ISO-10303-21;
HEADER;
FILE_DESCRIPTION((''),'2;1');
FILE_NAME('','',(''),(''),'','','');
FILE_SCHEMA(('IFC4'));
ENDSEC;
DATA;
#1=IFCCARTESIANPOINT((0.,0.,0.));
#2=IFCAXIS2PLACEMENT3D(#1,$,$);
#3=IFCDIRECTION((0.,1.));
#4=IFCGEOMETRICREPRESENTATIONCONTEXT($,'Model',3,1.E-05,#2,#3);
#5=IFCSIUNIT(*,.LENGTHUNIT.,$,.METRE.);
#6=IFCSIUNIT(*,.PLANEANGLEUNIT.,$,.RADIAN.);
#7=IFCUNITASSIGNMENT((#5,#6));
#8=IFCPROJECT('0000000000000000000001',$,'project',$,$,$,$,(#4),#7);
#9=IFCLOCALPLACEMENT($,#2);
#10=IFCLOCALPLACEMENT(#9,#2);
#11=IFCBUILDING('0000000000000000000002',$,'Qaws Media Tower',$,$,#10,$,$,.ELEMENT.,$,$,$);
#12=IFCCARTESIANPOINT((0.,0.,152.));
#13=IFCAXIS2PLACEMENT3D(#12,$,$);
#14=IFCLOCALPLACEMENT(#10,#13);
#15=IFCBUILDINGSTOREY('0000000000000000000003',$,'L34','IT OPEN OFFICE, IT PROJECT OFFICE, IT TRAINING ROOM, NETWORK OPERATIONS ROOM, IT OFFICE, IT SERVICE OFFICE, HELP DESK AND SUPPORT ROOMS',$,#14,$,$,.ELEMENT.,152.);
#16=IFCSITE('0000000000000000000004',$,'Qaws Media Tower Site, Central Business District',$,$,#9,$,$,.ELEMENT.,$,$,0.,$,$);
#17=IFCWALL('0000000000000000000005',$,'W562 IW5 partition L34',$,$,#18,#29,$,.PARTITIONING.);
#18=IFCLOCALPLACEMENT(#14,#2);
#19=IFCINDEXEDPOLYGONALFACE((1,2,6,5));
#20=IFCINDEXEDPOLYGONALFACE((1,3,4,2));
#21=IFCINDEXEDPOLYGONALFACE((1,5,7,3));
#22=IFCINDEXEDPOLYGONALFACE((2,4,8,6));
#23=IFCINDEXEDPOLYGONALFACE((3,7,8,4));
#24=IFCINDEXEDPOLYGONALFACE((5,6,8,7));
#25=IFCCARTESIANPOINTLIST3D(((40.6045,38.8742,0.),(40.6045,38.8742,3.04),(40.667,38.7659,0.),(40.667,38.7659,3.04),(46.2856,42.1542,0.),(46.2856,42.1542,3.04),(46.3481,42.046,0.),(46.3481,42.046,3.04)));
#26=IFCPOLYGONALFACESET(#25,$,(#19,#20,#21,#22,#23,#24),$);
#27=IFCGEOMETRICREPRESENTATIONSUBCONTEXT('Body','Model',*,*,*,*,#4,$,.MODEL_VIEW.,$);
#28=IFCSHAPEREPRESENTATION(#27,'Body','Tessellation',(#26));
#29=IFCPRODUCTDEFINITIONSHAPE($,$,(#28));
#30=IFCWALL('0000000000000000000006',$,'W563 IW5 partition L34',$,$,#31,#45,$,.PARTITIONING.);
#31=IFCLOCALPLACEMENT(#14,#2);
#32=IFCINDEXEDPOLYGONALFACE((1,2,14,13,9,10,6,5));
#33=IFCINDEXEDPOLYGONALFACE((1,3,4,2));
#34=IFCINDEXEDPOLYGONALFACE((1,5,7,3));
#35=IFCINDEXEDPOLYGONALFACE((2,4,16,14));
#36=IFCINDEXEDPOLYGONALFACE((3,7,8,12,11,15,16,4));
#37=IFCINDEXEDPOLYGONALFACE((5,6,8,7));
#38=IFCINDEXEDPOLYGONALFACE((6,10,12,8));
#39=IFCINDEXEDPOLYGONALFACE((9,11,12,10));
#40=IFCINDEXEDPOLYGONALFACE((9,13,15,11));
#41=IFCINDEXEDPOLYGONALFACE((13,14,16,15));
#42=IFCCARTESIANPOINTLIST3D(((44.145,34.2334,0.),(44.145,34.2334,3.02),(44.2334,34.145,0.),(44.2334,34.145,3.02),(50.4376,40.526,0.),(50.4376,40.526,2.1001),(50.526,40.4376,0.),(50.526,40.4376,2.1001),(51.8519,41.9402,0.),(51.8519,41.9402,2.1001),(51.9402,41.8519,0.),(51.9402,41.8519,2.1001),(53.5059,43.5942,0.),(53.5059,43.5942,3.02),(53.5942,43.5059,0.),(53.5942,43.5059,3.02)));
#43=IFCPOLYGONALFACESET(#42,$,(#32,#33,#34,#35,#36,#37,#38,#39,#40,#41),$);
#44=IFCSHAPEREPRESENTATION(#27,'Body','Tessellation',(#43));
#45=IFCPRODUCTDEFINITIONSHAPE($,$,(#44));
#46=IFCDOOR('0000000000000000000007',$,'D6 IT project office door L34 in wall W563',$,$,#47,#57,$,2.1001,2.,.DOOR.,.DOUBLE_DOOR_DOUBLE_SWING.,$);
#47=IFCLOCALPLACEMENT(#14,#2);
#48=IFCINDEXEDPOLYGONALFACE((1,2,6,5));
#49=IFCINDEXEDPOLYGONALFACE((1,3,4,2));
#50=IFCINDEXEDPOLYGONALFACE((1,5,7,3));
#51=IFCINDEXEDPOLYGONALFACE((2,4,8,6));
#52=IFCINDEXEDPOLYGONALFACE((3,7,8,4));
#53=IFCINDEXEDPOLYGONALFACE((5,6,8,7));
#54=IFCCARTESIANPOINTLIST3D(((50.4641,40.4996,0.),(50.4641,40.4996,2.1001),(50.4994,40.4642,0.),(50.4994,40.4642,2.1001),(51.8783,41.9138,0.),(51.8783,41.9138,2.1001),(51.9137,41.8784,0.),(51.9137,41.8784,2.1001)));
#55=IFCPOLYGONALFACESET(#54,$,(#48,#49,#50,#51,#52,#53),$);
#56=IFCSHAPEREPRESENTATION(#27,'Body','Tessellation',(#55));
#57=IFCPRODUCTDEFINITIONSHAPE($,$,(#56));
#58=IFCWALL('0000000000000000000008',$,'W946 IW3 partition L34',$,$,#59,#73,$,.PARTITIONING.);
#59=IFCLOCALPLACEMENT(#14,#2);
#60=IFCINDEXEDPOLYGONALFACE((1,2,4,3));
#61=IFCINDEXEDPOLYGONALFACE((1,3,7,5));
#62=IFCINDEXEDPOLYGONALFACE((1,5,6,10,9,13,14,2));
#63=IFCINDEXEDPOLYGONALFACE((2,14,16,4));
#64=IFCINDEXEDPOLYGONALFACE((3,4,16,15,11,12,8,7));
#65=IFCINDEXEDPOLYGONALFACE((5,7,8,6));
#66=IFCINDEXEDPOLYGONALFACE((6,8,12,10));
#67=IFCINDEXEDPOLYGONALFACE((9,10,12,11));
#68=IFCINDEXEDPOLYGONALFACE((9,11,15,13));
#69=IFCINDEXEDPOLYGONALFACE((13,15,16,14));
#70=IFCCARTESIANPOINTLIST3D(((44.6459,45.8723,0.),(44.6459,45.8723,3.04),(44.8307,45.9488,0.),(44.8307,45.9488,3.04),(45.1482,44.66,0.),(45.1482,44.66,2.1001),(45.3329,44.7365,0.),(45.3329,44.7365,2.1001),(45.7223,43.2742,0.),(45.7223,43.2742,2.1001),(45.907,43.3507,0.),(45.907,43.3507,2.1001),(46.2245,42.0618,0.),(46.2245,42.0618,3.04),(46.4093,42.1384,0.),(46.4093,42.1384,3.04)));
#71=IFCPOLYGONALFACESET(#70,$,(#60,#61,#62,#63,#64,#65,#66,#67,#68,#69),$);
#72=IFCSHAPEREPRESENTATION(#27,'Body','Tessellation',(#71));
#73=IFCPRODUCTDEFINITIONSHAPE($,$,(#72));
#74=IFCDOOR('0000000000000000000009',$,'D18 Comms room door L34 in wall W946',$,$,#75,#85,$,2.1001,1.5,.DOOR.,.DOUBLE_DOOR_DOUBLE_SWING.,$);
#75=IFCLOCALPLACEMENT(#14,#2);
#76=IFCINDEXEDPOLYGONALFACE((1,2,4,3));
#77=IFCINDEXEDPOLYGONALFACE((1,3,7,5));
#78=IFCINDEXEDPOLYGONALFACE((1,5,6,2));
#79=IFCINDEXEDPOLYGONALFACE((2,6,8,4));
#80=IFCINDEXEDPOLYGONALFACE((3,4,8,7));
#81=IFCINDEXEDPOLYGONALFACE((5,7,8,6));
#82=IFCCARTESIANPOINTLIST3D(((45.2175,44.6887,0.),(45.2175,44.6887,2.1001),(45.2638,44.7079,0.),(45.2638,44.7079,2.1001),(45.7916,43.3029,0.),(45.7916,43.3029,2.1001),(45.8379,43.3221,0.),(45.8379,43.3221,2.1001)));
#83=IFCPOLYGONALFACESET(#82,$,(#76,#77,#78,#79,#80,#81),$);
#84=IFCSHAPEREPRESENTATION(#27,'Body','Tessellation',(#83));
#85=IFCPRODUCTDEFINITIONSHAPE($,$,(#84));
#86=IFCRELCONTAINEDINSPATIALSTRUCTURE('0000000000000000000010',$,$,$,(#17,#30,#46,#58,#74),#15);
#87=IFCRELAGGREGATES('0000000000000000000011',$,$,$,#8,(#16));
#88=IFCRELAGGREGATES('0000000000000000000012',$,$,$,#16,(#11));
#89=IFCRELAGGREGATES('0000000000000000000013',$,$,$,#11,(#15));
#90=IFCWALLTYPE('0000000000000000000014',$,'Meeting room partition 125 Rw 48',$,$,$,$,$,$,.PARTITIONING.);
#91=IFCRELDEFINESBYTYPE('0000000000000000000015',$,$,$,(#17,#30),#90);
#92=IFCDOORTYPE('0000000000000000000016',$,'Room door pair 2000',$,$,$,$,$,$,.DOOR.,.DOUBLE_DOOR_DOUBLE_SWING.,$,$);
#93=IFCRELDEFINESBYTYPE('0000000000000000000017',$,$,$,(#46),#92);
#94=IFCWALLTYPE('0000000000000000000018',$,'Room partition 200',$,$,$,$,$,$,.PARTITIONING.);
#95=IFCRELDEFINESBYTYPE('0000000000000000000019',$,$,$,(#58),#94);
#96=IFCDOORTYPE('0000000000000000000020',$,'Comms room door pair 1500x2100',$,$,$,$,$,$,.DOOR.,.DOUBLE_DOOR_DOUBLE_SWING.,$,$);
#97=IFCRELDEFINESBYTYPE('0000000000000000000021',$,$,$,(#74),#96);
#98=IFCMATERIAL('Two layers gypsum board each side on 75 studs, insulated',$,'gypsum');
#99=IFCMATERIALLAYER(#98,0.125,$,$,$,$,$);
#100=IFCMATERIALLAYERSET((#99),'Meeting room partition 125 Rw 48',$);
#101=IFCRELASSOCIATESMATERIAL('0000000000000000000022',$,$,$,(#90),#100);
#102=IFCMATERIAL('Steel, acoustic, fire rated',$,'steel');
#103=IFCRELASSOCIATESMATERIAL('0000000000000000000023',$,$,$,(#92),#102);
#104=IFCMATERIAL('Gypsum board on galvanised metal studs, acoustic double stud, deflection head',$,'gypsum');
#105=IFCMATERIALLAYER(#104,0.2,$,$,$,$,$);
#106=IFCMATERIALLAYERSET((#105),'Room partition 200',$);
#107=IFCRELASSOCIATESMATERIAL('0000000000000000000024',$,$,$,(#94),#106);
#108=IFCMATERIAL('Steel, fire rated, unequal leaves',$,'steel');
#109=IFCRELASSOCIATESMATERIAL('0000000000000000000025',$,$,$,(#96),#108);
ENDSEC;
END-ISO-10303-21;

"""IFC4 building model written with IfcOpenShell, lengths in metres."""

from ifc_helpers import new_model, si_unit, direction, frame, frame_2d, origin, place, context, subcontext, project, spatial, rectangle, extrude, material, layer, layer_set, type_object, element, fill, save


model = new_model("IFC4")

# Units and contexts
model_context = context("Model", 3, precision=1e-05, world=origin(), true_north=direction((0.0, 1.0)))
body_context = subcontext(model_context, "Body", "Model", "MODEL_VIEW")
ifc_project = project(units=[si_unit("LENGTHUNIT", "METRE"), si_unit("PLANEANGLEUNIT", "RADIAN")], contexts=[model_context])

# Site, building, storey
site_placement = place(None, origin())
site = spatial("IfcSite", under=ifc_project, at=site_placement, Name="Qaws Media Tower Site, Central Business District", CompositionType="ELEMENT", RefElevation=0.0)
building_placement = place(site_placement, origin())
building = spatial("IfcBuilding", under=site, at=building_placement, Name="Qaws Media Tower", CompositionType="ELEMENT")
storey_placement = place(building_placement, frame((0.0, 0.0, 152.0)))
storey = spatial("IfcBuildingStorey", under=building, at=storey_placement, Name="L34", Description="IT OPEN OFFICE, IT PROJECT OFFICE, IT TRAINING ROOM, NETWORK OPERATIONS ROOM, IT OFFICE, IT SERVICE OFFICE, HELP DESK AND SUPPORT ROOMS", CompositionType="ELEMENT", Elevation=152.0)

# Wall
ifc_material_1 = material(Name="Two layers gypsum board each side on 75 studs, insulated", Category="gypsum")
ifc_layer_1 = layer(ifc_material_1, 0.125)
ifc_layer_set_1 = layer_set([ifc_layer_1], Name="Meeting room partition 125 Rw 48")
wall_type_1 = type_object("IfcWallType", Name="Meeting room partition 125 Rw 48", PredefinedType="PARTITIONING", material=ifc_layer_set_1)
wall_1_placement = place(storey_placement, frame((46.3169, 42.1001, 0.0), z_axis=(0.0, 0.0, 1.0), x_axis=(-0.866024, -0.500002, 0.0)))
element("IfcWall", 1, at=wall_1_placement, inside=storey, type_object=wall_type_1, Name="W562 IW5 partition L34", PredefinedType="PARTITIONING", context=body_context, shape_type="SweptSolid", body=[
    extrude(rectangle(XDim=6.5601, YDim=0.125, at=frame_2d((3.28, 0.0))), origin(), (0.0, 0.0, 1.0), 3.04),
])

# Walls, openings, doors
wall_2_placement = place(storey_placement, frame((53.55, 43.55, 0.0), z_axis=(0.0, 0.0, 1.0), x_axis=(-0.707107, -0.707107, 0.0)))
wall_2 = element("IfcWall", 2, at=wall_2_placement, inside=storey, type_object=wall_type_1, Name="W563 IW5 partition L34", PredefinedType="PARTITIONING", context=body_context, shape_type="SweptSolid", body=[
    extrude(rectangle(XDim=13.2383, YDim=0.125, at=frame_2d((6.6191, 0.0))), origin(), (0.0, 0.0, 1.0), 3.02),
])
opening_1_placement = place(wall_2_placement, frame((2.3391, 0.0, 0.0)))
opening_1 = element("IfcOpeningElement", 3, at=opening_1_placement, cuts=wall_2, PredefinedType="OPENING", context=body_context, shape_type="SweptSolid", body=[
    extrude(rectangle(XDim=2.0, YDim=2.1001, at=frame_2d((1.0, 1.05))), frame((0.0, 0.0725, 0.0), z_axis=(0.0, -1.0, 0.0), x_axis=(1.0, 0.0, 0.0)), (0.0, 0.0, 1.0), 0.145),
])
ifc_material_2 = material(Name="Steel, acoustic, fire rated", Category="steel")
door_type_1 = type_object("IfcDoorType", Name="Room door pair 2000", OperationType="DOUBLE_DOOR_DOUBLE_SWING", PredefinedType="DOOR", material=ifc_material_2)
door_1_placement = place(opening_1_placement, origin())
door_1 = element("IfcDoor", 4, at=door_1_placement, inside=storey, type_object=door_type_1, Name="D6 IT project office door L34 in wall W563", OperationType="DOUBLE_DOOR_DOUBLE_SWING", OverallHeight=2.1001, OverallWidth=2.0, PredefinedType="DOOR", context=body_context, shape_type="SweptSolid", body=[
    extrude(rectangle(XDim=2.0, YDim=2.1001, at=frame_2d((1.0, 1.05))), frame((0.0, 0.0249, 0.0), z_axis=(0.0, -1.0, 0.0), x_axis=(1.0, 0.0, 0.0)), (0.0, 0.0, 1.0), 0.05),
])
fill(opening_1, door_1)
ifc_material_3 = material(Name="Gypsum board on galvanised metal studs, acoustic double stud, deflection head", Category="gypsum")
ifc_layer_2 = layer(ifc_material_3, 0.2)
ifc_layer_set_2 = layer_set([ifc_layer_2], Name="Room partition 200")
wall_type_2 = type_object("IfcWallType", Name="Room partition 200", PredefinedType="PARTITIONING", material=ifc_layer_set_2)
wall_3_placement = place(storey_placement, frame((46.3169, 42.1001, 0.0), z_axis=(0.0, 0.0, 1.0), x_axis=(-0.382732, 0.92386, 0.0)))
wall_3 = element("IfcWall", 5, at=wall_3_placement, inside=storey, type_object=wall_type_2, Name="W946 IW3 partition L34", PredefinedType="PARTITIONING", context=body_context, shape_type="SweptSolid", body=[
    extrude(rectangle(XDim=4.1245, YDim=0.2, at=frame_2d((2.0623, 0.0))), origin(), (0.0, 0.0, 1.0), 3.04),
])
opening_2_placement = place(wall_3_placement, frame((1.3123, 0.0, 0.0)))
opening_2 = element("IfcOpeningElement", 6, at=opening_2_placement, cuts=wall_3, PredefinedType="OPENING", context=body_context, shape_type="SweptSolid", body=[
    extrude(rectangle(XDim=1.5, YDim=2.1001, at=frame_2d((0.75, 1.05))), frame((0.0, 0.1099, 0.0), z_axis=(0.0, -1.0, 0.0), x_axis=(1.0, 0.0, 0.0)), (0.0, 0.0, 1.0), 0.22),
])
ifc_material_4 = material(Name="Steel, fire rated, unequal leaves", Category="steel")
door_type_2 = type_object("IfcDoorType", Name="Comms room door pair 1500x2100", OperationType="DOUBLE_DOOR_DOUBLE_SWING", PredefinedType="DOOR", material=ifc_material_4)
door_2_placement = place(opening_2_placement, origin())
door_2 = element("IfcDoor", 7, at=door_2_placement, inside=storey, type_object=door_type_2, Name="D18 Comms room door L34 in wall W946", OperationType="DOUBLE_DOOR_DOUBLE_SWING", OverallHeight=2.1001, OverallWidth=1.5, PredefinedType="DOOR", context=body_context, shape_type="SweptSolid", body=[
    extrude(rectangle(XDim=1.5, YDim=2.1001, at=frame_2d((0.75, 1.05))), frame((0.0, 0.0249, 0.0), z_axis=(0.0, -1.0, 0.0), x_axis=(1.0, 0.0, 0.0)), (0.0, 0.0, 1.0), 0.05),
])
fill(opening_2, door_2)

save(model, "model.ifc")
